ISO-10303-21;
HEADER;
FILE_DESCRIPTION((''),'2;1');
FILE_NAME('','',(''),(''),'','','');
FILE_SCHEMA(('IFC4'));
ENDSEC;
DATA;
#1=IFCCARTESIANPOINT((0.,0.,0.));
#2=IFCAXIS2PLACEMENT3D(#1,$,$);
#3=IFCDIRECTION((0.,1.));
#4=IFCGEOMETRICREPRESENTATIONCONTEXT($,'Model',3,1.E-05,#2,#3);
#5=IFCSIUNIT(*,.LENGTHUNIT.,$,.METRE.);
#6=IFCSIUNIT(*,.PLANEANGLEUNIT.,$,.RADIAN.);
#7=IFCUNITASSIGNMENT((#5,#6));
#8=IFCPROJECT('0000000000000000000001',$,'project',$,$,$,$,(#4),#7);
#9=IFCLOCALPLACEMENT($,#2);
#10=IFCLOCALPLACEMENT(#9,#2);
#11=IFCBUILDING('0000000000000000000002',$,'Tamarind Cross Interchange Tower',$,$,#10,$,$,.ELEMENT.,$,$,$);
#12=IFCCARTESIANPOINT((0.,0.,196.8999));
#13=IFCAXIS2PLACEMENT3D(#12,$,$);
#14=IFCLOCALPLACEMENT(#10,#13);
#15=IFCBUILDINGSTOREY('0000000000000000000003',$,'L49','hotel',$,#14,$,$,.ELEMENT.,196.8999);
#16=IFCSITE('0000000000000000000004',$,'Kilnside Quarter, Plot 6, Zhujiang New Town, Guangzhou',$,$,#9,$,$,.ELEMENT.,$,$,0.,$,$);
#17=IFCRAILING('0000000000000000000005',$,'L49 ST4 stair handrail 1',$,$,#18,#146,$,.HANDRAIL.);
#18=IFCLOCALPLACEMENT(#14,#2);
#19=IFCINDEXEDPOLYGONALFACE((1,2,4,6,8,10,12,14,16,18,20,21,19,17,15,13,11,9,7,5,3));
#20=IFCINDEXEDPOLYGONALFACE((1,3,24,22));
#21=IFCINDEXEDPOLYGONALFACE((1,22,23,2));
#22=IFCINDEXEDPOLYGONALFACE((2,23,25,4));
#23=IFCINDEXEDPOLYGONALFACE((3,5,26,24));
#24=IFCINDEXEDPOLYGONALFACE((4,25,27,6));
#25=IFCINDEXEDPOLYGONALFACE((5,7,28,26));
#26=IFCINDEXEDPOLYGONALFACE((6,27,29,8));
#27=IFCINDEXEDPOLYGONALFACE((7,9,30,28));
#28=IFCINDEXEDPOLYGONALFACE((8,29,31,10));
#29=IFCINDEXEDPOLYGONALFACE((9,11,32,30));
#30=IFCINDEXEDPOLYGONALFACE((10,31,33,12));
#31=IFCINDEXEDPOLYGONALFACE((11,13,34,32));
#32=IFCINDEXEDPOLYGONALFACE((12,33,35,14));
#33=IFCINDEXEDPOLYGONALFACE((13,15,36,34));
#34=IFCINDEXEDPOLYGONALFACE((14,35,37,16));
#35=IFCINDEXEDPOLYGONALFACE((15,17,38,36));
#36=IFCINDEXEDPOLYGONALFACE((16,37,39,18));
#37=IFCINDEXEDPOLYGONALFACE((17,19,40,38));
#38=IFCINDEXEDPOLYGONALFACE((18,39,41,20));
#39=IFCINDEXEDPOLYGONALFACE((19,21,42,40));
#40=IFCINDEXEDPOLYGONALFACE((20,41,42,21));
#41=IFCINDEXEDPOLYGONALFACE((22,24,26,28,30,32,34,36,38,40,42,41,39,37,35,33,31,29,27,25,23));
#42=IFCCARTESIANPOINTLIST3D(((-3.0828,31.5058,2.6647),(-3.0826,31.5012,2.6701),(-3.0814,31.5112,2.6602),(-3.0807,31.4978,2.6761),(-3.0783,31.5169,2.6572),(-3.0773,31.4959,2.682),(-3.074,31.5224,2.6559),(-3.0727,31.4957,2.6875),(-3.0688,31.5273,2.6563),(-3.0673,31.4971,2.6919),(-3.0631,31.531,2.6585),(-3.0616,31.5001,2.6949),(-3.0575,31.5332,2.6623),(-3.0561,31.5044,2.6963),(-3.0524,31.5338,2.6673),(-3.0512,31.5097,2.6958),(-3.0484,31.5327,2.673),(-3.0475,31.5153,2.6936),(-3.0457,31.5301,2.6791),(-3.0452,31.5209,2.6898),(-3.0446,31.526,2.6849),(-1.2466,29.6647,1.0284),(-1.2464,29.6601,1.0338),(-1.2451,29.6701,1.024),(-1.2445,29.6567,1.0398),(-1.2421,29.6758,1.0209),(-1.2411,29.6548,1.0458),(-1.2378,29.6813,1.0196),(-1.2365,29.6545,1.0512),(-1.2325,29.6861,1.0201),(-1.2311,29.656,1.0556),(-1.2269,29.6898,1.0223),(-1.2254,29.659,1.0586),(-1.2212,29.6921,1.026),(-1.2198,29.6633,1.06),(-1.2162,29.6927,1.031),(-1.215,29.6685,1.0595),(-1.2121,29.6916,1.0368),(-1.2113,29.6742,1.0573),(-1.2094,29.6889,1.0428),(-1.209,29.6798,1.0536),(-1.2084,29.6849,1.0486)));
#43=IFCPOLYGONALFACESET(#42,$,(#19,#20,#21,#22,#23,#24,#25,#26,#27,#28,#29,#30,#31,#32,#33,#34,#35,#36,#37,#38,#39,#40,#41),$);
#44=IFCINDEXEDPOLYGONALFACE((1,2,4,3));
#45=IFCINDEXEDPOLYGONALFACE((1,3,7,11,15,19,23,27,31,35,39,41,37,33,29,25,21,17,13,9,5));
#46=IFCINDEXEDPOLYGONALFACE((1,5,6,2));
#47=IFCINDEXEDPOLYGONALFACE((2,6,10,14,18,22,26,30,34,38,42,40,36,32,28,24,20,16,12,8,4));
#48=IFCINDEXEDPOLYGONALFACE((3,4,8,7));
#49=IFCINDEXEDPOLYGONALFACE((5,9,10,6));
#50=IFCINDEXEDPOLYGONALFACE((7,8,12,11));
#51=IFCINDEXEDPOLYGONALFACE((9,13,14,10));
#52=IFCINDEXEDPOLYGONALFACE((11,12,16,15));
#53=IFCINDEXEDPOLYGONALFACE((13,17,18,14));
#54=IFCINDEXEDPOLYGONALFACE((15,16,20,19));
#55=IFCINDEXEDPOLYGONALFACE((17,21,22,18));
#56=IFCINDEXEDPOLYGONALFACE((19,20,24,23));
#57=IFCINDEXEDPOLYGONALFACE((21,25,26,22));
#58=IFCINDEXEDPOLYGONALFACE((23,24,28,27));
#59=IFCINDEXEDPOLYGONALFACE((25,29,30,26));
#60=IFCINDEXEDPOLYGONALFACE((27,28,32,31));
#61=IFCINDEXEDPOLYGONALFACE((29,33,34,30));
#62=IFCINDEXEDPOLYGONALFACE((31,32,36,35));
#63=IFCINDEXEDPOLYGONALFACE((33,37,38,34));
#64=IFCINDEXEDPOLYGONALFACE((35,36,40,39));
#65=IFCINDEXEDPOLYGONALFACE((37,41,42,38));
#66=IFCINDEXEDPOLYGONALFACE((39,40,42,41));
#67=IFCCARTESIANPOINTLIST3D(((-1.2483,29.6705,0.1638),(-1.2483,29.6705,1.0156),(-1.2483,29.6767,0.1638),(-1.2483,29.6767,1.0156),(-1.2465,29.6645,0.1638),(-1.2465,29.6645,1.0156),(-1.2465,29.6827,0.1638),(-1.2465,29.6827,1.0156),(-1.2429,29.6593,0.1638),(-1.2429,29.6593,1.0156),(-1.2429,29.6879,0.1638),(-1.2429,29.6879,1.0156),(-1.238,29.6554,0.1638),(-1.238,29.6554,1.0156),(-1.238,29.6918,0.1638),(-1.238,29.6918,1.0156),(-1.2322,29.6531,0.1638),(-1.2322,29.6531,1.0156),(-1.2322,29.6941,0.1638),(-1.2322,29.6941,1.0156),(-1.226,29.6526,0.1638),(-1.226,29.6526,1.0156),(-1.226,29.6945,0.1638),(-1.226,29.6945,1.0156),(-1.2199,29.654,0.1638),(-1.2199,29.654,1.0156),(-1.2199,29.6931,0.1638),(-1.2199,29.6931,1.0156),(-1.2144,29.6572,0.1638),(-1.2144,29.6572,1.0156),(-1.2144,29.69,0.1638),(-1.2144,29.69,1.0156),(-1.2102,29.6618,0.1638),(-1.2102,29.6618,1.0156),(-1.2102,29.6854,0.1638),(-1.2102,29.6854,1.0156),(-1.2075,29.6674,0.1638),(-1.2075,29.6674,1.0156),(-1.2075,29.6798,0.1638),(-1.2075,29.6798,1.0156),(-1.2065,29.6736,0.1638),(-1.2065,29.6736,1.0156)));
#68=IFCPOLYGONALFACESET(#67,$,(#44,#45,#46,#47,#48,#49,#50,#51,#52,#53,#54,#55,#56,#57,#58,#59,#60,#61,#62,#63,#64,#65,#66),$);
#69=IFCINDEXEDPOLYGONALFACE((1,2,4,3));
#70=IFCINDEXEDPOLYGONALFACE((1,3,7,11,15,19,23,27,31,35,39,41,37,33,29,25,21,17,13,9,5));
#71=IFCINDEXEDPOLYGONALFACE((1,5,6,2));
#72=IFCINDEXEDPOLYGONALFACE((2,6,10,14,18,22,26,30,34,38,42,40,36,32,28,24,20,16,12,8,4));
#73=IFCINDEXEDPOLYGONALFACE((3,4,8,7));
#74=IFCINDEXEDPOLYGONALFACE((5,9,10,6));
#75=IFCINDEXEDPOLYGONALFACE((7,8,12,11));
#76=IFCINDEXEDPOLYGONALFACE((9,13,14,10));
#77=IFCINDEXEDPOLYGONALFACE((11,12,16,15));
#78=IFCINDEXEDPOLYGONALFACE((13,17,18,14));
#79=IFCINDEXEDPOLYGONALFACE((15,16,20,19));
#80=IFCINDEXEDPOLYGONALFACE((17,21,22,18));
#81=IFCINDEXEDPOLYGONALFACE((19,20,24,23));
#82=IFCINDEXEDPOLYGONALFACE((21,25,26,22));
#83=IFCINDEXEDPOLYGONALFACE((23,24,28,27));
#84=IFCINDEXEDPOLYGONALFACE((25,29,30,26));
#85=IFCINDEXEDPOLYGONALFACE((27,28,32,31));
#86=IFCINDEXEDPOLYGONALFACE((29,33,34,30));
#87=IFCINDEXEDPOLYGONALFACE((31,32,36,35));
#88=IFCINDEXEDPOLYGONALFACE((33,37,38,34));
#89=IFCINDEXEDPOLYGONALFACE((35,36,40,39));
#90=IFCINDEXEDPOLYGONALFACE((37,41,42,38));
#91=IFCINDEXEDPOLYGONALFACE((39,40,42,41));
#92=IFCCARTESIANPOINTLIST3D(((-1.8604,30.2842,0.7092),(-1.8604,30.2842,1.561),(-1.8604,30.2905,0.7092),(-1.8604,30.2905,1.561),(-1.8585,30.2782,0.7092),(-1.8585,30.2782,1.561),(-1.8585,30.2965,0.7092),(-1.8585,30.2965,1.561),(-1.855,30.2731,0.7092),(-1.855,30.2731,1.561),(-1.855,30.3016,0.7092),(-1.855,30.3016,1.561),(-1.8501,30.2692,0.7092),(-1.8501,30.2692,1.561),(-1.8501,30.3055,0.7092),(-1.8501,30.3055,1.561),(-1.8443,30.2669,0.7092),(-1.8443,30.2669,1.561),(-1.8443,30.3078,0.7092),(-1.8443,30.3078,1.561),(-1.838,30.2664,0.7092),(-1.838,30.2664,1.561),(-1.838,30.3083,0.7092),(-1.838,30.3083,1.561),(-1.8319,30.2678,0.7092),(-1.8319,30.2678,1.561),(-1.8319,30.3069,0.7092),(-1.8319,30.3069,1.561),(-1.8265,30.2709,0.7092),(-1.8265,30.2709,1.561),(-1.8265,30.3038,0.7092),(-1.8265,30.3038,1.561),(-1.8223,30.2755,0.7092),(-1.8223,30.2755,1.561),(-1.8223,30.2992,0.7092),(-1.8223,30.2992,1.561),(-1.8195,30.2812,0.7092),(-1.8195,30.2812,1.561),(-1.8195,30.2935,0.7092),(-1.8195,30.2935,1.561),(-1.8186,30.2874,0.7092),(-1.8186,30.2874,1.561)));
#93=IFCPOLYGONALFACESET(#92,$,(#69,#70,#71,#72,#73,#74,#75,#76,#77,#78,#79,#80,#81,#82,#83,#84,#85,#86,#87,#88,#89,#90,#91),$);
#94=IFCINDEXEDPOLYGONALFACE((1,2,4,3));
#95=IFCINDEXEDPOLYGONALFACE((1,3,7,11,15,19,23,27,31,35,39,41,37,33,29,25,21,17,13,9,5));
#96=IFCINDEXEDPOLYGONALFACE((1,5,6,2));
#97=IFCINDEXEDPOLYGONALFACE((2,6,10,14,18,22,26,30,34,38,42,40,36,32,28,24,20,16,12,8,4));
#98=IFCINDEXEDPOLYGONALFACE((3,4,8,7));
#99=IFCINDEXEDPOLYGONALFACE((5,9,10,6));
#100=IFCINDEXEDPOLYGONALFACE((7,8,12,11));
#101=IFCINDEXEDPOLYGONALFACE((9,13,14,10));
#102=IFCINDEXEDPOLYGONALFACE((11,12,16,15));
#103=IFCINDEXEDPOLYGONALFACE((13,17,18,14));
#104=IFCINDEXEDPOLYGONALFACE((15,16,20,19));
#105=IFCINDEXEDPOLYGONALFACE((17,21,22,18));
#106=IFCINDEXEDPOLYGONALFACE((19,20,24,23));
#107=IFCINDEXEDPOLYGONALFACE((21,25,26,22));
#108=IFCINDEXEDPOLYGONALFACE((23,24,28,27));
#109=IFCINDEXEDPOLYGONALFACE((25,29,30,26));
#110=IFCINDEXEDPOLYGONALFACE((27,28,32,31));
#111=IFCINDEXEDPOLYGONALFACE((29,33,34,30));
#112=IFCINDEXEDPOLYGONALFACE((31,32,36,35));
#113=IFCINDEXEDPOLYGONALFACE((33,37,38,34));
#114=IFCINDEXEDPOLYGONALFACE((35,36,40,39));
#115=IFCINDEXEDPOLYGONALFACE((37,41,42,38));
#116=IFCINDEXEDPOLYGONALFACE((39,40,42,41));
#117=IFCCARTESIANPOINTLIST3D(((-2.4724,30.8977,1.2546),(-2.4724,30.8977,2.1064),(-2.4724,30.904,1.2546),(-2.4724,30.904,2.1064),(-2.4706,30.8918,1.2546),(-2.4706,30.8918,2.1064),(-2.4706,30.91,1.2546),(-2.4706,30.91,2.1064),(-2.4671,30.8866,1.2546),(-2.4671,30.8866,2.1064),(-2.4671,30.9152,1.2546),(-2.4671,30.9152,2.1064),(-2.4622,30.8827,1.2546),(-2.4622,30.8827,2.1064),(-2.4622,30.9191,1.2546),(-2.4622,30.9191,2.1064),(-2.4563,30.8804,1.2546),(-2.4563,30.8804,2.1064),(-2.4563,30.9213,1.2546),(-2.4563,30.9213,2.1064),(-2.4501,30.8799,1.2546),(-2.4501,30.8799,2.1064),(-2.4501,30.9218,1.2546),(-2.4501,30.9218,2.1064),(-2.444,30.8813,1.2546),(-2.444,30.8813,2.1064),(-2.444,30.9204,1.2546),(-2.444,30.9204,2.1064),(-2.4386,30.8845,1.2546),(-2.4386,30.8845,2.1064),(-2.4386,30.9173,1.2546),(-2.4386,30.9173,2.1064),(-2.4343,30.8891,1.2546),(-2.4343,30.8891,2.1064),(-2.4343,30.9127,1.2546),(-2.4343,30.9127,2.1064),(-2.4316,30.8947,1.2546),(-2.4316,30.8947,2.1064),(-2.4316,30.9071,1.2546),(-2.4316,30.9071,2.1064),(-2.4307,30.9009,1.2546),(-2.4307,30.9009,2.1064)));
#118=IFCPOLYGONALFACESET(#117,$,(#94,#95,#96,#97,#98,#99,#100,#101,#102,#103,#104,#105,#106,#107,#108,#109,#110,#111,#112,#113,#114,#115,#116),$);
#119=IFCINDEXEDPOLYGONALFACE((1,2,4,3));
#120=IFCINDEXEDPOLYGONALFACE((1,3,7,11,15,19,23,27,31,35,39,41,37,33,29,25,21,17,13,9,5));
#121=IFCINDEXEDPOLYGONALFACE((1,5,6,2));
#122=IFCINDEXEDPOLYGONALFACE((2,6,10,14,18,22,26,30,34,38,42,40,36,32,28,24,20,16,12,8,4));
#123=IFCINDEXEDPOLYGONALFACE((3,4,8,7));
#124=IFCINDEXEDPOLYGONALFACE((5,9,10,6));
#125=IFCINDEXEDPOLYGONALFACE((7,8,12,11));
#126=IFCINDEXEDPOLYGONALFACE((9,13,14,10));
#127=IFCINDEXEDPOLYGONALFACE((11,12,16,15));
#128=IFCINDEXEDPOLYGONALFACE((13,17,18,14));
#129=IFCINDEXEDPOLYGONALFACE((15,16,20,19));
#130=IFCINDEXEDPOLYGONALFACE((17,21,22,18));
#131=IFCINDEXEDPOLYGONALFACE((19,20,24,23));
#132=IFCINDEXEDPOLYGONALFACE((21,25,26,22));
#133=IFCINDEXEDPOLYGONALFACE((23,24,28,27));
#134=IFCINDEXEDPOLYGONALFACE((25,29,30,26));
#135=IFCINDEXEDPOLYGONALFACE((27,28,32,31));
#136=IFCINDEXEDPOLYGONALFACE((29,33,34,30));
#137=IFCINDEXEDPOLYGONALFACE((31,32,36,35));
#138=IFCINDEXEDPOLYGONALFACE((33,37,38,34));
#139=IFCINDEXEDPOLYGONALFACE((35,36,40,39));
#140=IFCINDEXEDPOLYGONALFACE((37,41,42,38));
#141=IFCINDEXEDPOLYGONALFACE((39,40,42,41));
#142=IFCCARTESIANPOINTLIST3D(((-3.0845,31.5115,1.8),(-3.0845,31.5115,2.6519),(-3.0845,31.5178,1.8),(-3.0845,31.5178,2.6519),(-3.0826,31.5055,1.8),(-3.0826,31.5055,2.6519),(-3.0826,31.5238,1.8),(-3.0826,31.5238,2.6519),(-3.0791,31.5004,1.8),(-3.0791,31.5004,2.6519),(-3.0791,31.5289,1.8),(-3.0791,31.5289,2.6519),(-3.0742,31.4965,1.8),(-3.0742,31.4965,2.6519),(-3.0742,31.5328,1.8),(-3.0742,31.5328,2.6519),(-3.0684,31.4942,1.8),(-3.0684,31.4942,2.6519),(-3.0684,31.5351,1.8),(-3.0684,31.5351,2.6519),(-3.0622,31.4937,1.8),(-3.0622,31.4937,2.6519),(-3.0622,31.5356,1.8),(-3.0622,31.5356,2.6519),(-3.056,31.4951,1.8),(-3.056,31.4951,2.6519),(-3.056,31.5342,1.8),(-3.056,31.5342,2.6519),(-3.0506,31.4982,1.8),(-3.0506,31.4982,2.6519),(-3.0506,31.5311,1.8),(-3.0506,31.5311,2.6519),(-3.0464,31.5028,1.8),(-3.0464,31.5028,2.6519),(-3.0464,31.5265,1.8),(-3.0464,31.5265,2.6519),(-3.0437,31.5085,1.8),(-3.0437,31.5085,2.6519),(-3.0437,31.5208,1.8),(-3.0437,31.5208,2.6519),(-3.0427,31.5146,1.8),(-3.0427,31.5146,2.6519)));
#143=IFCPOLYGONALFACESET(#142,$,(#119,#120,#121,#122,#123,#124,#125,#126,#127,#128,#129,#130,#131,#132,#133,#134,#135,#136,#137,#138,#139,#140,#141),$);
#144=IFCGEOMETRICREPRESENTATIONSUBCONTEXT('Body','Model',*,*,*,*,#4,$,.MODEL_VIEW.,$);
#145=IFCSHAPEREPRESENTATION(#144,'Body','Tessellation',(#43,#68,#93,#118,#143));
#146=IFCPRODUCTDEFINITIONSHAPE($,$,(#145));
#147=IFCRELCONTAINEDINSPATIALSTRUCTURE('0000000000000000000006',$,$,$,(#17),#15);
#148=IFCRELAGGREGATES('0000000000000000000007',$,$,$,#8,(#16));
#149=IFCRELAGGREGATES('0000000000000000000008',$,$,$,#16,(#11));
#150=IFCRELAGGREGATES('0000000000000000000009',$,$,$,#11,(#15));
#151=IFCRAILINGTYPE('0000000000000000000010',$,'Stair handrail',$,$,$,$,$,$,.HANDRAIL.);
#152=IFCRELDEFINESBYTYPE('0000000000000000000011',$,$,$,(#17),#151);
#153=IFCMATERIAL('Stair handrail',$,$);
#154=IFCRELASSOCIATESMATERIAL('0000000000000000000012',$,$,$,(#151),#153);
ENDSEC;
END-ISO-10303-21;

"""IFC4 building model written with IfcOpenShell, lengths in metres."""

from ifc_helpers import new_model, si_unit, direction, frame, origin, origin_2d, place, context, subcontext, project, spatial, circle, extrude, material, type_object, element, save


model = new_model("IFC4")

# Units and contexts
model_context = context("Model", 3, precision=1e-05, world=origin(), true_north=direction((0.0, 1.0)))
body_context = subcontext(model_context, "Body", "Model", "MODEL_VIEW")
ifc_project = project(units=[si_unit("LENGTHUNIT", "METRE"), si_unit("PLANEANGLEUNIT", "RADIAN")], contexts=[model_context])

# Site, building, storey
site_placement = place(None, origin())
site = spatial("IfcSite", under=ifc_project, at=site_placement, Name="Kilnside Quarter, Plot 6, Zhujiang New Town, Guangzhou", CompositionType="ELEMENT", RefElevation=0.0)
building_placement = place(site_placement, origin())
building = spatial("IfcBuilding", under=site, at=building_placement, Name="Tamarind Cross Interchange Tower", CompositionType="ELEMENT")
storey_placement = place(building_placement, frame((0.0, 0.0, 196.8999)))
storey = spatial("IfcBuildingStorey", under=building, at=storey_placement, Name="L49", Description="hotel", CompositionType="ELEMENT", Elevation=196.8999)

# Railing
ifc_material_1 = material(Name="Stair handrail")
railing_type_1 = type_object("IfcRailingType", Name="Stair handrail", PredefinedType="HANDRAIL", material=ifc_material_1)
railing_1_placement = place(storey_placement, frame((-1.2275, 29.6736, 0.1638)))
element("IfcRailing", 1, at=railing_1_placement, inside=storey, type_object=railing_type_1, Name="L49 ST4 stair handrail 1", PredefinedType="HANDRAIL", context=body_context, shape_type="SweptSolid", body=[
    extrude(circle(Radius=0.0239, at=origin_2d()), frame((0.0, 0.0, 0.876), z_axis=(-0.597679, 0.599268, 0.532595), x_axis=(-0.708045, -0.706167, 0.0)), (0.0, 0.0, 1.0), 3.0723),
    extrude(circle(Radius=0.021, at=origin_2d()), origin(), (0.0, 0.0, 1.0), 0.8518),
    extrude(circle(Radius=0.021, at=origin_2d()), frame((-0.6121, 0.6138, 0.5454)), (0.0, 0.0, 1.0), 0.8518),
    extrude(circle(Radius=0.021, at=origin_2d()), frame((-1.2241, 1.2273, 1.0908)), (0.0, 0.0, 1.0), 0.8518),
    extrude(circle(Radius=0.021, at=origin_2d()), frame((-1.8362, 1.8411, 1.6362)), (0.0, 0.0, 1.0), 0.8518),
])

save(model, "model.ifc")
